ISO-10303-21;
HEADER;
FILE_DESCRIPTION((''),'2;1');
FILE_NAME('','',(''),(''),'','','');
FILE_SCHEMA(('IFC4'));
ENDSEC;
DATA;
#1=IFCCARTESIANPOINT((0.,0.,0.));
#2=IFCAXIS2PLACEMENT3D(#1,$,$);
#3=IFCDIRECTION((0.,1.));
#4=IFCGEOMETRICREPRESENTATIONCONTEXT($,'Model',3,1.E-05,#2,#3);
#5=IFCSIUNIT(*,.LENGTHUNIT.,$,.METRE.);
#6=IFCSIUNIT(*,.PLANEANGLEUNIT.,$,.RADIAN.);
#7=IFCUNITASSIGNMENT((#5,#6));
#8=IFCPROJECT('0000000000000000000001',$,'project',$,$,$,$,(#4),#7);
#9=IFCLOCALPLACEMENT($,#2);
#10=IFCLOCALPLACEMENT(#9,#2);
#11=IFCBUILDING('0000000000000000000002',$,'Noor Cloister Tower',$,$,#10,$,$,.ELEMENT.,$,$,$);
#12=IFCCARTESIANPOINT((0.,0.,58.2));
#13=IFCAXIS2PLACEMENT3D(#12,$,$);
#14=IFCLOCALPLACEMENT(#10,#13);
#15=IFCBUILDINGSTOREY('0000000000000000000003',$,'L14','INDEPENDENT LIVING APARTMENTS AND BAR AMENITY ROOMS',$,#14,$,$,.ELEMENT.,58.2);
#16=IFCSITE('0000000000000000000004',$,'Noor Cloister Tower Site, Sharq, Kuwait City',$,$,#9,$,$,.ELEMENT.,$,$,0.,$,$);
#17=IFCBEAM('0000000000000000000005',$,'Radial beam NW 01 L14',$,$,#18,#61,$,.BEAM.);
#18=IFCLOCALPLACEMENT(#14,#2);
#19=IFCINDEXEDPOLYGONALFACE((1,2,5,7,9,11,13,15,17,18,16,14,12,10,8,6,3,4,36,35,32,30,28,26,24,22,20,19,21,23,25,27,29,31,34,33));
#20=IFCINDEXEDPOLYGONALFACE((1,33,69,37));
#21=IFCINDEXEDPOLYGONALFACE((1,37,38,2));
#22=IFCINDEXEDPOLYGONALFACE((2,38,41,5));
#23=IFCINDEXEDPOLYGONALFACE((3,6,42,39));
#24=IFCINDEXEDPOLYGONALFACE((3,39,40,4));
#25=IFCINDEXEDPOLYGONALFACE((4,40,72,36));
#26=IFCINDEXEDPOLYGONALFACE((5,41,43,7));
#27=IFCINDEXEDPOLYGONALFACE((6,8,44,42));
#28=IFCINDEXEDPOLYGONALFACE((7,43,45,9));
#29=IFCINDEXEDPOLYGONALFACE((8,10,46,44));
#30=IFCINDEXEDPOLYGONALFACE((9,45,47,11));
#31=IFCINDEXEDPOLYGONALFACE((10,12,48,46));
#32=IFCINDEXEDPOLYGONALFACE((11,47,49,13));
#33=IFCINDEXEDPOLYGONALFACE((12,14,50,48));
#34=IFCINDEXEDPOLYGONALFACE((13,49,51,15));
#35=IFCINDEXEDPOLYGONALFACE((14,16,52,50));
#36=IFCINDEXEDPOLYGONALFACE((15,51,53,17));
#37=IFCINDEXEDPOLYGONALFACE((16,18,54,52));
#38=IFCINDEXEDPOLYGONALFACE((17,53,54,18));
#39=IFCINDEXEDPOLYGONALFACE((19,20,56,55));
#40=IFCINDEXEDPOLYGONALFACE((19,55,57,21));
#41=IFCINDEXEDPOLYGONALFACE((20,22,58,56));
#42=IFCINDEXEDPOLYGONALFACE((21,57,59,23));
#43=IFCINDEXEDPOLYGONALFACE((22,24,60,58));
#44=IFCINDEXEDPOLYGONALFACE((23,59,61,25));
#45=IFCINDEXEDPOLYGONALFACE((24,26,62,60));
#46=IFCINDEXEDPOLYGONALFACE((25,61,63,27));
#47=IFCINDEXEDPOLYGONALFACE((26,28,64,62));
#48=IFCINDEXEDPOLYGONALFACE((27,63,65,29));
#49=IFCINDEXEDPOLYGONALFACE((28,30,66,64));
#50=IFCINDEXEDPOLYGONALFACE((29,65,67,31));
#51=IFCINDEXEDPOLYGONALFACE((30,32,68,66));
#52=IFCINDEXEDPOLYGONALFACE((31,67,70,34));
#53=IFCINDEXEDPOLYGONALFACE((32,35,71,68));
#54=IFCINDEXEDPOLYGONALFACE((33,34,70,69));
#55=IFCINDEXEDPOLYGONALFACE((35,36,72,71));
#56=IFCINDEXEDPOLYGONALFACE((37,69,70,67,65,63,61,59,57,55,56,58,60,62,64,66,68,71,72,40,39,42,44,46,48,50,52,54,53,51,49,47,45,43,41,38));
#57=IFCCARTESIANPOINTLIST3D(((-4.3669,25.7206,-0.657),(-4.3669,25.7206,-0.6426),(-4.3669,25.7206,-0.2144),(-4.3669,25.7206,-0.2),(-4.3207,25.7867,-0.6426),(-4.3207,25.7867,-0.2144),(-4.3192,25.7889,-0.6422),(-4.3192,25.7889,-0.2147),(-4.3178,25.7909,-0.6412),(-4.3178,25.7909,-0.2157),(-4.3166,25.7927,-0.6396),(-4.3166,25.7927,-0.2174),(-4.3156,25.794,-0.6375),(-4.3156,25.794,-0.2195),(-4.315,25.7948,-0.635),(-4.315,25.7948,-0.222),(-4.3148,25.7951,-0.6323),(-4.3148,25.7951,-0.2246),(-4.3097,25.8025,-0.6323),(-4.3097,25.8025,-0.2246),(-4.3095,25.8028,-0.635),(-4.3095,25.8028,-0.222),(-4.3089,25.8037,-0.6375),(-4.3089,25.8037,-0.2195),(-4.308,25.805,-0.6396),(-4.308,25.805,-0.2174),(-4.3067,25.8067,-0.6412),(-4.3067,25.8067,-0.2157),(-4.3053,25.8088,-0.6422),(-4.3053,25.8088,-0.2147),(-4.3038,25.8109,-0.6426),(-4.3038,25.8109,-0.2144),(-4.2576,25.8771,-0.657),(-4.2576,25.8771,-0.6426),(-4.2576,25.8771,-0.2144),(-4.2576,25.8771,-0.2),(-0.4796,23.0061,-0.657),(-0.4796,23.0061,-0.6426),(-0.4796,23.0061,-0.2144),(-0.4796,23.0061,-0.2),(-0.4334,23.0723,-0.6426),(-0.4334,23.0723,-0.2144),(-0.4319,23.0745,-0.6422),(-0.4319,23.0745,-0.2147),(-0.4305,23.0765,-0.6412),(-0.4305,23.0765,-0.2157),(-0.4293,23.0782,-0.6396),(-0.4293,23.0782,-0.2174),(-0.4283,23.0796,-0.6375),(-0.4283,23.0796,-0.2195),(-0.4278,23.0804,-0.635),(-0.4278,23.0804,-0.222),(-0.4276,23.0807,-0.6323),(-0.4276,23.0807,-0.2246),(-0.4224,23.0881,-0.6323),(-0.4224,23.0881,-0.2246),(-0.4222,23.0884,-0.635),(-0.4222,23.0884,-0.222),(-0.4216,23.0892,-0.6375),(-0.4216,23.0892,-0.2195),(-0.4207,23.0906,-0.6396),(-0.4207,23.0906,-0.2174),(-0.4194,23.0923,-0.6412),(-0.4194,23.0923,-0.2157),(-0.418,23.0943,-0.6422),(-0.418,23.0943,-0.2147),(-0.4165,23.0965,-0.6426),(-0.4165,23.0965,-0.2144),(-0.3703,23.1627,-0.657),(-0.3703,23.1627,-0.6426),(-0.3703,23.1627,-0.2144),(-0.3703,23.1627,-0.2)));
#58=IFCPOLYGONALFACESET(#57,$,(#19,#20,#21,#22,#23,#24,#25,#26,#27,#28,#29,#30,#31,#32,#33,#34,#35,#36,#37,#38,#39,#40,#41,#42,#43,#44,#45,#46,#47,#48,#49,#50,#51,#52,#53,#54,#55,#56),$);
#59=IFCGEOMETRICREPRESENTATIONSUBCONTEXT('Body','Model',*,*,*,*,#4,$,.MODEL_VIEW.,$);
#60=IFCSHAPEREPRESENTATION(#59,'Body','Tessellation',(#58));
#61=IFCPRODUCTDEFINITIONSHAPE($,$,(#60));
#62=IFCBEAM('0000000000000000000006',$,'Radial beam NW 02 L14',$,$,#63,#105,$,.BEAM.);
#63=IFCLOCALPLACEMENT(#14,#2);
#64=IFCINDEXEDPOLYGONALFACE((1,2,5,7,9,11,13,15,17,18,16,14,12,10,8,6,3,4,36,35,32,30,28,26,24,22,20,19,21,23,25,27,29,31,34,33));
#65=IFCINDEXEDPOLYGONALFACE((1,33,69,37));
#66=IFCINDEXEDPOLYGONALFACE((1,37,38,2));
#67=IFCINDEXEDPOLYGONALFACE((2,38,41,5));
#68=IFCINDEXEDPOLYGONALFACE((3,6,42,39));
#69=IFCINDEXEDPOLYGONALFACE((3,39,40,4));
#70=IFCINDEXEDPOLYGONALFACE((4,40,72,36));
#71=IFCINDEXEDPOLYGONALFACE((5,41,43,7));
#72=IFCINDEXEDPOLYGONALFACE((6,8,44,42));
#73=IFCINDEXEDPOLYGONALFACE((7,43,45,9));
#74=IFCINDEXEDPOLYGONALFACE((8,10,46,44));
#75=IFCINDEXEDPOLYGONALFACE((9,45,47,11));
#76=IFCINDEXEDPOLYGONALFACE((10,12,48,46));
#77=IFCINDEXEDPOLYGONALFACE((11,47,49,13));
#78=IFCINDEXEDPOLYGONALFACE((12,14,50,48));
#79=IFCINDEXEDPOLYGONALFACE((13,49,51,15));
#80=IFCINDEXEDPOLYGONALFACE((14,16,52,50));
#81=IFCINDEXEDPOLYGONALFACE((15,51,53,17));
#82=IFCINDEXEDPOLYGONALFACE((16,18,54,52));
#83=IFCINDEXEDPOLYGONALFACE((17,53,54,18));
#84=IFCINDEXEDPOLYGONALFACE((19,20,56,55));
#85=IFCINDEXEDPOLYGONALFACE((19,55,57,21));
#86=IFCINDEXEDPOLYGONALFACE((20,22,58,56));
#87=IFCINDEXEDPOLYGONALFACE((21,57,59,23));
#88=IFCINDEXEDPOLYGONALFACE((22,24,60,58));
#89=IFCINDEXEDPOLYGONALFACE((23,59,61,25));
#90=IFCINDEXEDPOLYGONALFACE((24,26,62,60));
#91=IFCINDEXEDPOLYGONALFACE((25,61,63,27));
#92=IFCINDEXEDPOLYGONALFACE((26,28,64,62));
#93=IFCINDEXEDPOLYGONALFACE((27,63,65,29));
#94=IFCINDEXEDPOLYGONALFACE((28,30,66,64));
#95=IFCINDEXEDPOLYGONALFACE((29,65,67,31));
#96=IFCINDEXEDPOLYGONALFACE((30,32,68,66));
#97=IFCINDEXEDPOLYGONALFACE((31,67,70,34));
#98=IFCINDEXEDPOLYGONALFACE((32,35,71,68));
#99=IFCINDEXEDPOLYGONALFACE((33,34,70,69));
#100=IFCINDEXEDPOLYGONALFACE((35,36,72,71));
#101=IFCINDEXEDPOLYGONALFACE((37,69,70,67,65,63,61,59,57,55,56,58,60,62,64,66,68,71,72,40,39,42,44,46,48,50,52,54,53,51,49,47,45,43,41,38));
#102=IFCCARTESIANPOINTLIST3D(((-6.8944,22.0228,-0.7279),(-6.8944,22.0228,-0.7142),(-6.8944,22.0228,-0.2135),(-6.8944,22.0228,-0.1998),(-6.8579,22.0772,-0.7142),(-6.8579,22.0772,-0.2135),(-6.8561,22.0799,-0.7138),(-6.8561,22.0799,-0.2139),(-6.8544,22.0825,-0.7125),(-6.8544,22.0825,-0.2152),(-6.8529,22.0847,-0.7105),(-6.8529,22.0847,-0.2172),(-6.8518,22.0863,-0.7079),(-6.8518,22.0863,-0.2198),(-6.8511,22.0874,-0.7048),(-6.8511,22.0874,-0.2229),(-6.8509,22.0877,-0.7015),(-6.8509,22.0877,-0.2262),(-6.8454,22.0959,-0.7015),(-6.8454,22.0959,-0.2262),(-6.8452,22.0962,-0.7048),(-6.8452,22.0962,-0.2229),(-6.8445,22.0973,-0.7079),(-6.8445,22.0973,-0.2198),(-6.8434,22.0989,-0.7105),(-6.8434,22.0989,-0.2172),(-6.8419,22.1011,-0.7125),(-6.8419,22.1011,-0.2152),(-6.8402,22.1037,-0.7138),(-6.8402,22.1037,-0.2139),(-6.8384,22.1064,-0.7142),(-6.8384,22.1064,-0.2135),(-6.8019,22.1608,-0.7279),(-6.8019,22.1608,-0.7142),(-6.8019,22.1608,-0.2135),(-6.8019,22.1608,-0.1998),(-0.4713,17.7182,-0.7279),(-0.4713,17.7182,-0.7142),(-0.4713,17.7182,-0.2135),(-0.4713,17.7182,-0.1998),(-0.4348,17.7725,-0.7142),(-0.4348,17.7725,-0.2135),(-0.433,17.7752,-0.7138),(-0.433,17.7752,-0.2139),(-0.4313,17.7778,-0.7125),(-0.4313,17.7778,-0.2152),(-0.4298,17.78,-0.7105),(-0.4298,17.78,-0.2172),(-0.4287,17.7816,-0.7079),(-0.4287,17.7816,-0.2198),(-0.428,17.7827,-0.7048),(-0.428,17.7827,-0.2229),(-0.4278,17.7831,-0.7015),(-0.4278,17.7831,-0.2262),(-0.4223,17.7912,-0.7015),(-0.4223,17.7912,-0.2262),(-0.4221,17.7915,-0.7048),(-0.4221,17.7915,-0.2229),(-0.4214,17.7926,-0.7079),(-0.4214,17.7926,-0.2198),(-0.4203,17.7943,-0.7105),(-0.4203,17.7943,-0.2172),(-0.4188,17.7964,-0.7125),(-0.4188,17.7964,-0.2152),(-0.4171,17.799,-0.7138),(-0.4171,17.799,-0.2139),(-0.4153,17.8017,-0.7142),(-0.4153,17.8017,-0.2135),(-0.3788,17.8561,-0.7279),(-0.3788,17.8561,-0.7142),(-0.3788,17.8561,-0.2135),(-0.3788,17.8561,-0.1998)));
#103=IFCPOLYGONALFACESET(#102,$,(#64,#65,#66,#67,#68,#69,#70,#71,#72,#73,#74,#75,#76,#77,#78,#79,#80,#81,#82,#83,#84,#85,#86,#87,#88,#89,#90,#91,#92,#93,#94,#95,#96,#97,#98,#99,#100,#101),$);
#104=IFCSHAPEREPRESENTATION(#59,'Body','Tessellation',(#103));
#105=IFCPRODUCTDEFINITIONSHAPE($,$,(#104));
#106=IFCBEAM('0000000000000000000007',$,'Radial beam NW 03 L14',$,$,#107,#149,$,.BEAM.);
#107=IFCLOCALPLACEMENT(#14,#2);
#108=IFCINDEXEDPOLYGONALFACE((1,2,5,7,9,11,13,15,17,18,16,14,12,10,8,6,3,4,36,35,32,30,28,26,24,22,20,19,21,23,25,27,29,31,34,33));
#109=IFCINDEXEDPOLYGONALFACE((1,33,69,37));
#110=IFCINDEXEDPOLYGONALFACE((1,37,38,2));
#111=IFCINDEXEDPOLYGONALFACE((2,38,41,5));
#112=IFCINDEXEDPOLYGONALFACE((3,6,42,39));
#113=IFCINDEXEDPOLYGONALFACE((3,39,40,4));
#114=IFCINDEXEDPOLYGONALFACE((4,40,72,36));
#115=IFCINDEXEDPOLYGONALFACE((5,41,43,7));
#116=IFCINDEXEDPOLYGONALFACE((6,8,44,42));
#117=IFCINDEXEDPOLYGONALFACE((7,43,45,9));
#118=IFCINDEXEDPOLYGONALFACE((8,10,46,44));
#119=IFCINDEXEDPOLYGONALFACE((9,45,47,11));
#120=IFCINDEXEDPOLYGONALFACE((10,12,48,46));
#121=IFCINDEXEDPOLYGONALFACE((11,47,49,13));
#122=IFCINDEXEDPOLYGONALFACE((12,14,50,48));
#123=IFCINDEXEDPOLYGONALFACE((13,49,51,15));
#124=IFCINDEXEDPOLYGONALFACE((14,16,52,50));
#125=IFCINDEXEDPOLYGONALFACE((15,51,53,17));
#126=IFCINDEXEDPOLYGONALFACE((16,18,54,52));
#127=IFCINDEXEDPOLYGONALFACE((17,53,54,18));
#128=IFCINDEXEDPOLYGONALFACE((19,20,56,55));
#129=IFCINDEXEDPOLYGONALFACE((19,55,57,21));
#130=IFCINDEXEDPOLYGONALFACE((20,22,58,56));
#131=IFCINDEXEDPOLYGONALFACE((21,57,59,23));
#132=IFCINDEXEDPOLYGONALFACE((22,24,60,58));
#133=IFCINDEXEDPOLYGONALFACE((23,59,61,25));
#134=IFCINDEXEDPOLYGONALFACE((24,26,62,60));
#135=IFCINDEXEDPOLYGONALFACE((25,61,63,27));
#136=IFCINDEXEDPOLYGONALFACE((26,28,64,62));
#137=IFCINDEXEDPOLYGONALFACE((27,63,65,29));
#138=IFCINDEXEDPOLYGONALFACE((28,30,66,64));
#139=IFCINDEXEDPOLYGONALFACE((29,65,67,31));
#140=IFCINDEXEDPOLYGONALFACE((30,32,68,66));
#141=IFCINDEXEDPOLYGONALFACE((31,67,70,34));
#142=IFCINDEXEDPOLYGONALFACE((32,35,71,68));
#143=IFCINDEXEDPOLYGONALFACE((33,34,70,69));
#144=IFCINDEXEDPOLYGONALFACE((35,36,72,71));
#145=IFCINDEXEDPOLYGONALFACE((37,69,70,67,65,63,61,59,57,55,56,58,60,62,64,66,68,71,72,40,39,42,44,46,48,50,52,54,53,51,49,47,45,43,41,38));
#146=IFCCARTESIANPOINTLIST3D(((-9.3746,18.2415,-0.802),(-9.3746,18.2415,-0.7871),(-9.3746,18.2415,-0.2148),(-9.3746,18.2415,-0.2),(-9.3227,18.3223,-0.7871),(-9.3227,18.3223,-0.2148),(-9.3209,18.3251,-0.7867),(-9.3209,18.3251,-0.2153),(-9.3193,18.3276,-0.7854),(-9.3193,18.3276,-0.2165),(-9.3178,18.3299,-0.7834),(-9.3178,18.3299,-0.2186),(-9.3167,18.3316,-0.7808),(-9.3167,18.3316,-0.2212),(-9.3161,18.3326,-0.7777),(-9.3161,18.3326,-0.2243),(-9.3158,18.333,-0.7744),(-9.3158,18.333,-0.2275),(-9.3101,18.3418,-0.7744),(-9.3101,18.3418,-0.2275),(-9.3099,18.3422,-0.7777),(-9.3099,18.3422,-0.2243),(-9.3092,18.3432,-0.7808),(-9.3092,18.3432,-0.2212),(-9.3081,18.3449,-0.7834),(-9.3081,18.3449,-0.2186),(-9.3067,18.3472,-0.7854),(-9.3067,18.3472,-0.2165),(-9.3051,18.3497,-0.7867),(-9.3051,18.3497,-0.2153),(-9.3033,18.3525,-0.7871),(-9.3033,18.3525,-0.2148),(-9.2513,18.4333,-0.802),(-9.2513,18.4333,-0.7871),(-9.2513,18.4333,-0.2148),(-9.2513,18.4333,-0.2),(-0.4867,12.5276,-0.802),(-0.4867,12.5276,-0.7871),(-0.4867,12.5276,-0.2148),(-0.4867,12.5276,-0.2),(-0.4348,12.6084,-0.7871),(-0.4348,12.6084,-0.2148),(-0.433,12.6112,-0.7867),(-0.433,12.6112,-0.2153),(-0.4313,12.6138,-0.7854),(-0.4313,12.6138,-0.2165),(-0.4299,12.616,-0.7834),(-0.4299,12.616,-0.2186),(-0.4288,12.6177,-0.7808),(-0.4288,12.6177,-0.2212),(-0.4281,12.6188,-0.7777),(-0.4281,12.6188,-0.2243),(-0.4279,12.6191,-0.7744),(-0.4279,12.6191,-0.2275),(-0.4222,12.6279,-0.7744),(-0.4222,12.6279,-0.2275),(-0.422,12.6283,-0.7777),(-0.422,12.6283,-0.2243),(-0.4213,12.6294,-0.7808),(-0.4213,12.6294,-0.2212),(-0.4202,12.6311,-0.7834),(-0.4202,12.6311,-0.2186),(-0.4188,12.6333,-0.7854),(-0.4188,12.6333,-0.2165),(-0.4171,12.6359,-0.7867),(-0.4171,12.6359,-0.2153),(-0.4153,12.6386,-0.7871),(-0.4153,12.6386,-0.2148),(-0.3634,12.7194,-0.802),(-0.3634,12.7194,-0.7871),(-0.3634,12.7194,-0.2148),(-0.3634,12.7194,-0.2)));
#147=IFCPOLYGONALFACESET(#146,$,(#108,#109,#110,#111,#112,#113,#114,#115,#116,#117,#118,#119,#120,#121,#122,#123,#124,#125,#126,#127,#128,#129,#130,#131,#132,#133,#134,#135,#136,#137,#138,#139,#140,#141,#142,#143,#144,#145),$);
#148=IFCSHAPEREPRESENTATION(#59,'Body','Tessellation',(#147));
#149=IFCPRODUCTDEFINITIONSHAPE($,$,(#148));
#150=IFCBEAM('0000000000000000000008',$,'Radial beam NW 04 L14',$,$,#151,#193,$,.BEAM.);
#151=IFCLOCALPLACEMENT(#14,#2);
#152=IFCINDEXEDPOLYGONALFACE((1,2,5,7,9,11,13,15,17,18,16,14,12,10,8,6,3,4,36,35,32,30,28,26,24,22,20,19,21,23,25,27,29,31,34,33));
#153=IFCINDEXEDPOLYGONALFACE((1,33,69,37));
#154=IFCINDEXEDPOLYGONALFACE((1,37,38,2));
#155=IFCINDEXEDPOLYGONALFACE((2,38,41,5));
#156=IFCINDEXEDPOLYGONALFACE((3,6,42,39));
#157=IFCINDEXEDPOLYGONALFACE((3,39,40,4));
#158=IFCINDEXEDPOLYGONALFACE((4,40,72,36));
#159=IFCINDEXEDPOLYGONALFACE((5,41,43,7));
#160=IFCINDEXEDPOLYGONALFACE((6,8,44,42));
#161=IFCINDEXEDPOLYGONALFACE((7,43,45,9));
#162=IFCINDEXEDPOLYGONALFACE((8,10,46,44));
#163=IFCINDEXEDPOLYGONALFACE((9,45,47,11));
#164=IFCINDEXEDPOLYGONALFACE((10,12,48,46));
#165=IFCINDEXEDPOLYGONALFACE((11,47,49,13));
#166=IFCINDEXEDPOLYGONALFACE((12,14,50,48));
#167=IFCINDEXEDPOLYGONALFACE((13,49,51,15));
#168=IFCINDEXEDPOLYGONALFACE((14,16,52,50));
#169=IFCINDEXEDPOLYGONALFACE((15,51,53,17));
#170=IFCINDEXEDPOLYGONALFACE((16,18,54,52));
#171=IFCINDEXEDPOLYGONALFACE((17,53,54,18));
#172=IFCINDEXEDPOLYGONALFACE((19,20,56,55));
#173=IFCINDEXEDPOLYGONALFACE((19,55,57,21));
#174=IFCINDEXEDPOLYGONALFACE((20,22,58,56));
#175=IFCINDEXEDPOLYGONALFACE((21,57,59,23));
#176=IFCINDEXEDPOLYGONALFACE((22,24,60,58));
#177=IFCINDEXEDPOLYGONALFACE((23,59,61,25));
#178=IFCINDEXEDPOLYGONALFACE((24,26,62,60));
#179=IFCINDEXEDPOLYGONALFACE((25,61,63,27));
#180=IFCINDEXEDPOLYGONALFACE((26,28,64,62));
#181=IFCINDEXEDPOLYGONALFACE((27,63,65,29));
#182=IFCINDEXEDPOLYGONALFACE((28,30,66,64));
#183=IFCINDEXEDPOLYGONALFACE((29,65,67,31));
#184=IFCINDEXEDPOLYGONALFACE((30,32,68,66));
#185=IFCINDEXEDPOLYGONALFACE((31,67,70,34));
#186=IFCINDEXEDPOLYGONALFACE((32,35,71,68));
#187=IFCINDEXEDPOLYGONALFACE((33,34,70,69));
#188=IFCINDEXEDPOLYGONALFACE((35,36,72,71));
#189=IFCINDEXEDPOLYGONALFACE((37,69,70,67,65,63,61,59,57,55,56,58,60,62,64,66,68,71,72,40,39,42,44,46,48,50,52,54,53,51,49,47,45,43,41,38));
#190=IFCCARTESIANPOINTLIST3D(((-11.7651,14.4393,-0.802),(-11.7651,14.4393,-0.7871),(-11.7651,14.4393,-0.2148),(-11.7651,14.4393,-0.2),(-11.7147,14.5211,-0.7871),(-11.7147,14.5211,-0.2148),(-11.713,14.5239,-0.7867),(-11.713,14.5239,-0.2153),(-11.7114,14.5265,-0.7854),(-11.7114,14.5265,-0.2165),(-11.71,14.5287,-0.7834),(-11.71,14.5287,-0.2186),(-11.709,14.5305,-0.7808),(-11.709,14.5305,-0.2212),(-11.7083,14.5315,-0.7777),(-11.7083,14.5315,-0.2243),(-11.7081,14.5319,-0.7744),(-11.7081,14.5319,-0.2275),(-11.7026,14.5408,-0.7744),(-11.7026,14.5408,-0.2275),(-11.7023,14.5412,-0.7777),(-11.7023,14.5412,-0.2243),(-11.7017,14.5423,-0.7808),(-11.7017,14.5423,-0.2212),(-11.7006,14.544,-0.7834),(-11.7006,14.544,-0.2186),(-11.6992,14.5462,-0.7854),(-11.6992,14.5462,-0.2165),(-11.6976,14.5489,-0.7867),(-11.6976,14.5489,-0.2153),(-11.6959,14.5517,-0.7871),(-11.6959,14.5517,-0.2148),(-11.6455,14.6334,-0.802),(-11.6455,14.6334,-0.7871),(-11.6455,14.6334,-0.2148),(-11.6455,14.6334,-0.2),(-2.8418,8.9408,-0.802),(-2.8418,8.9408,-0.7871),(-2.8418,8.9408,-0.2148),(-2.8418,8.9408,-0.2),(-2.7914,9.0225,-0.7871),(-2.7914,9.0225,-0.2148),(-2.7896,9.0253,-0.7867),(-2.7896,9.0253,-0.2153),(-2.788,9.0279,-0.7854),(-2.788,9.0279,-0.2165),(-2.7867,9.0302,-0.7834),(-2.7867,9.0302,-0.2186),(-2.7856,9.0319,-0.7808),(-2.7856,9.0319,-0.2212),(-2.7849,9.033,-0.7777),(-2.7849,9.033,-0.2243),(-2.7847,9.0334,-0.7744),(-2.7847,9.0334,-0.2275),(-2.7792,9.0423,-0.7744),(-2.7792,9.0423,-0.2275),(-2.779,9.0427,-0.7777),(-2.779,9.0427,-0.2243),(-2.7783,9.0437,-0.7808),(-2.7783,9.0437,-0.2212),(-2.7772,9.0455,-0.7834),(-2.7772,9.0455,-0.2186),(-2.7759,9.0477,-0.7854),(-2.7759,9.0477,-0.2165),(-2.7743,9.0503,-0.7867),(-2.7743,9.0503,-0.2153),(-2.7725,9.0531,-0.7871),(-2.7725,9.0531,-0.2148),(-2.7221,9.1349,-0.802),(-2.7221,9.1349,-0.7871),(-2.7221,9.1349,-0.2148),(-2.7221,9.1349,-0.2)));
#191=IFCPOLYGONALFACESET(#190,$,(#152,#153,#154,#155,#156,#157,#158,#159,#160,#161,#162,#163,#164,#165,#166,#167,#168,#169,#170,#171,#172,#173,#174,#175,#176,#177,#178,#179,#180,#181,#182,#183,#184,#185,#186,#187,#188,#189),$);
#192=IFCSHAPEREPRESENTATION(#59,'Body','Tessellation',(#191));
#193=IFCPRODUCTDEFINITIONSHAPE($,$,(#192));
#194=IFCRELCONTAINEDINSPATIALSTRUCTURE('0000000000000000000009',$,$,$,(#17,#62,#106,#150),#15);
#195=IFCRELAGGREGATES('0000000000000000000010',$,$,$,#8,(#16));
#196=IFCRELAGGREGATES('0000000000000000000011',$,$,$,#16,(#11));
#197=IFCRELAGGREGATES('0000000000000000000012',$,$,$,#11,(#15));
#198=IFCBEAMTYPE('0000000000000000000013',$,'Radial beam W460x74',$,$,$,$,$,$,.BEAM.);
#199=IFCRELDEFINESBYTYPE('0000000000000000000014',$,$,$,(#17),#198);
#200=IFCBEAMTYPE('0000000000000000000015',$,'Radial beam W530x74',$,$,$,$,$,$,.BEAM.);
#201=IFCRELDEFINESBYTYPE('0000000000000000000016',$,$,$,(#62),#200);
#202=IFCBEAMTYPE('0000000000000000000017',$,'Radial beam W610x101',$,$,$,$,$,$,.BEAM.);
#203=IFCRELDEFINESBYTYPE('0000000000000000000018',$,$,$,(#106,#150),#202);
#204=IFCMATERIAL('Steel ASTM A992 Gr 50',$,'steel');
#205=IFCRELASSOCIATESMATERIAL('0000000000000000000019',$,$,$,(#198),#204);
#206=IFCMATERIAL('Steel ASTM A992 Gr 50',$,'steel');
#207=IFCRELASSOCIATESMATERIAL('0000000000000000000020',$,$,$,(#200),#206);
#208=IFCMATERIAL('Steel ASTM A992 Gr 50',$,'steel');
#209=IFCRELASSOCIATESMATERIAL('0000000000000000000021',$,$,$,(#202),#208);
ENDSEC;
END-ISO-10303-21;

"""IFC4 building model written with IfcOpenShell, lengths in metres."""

from ifc_helpers import new_model, si_unit, direction, frame, origin, origin_2d, place, context, subcontext, project, spatial, i_section, extrude, material, material_profile, profile_set, type_object, element, save


model = new_model("IFC4")

# Units and contexts
model_context = context("Model", 3, precision=1e-05, world=origin(), true_north=direction((0.0, 1.0)))
body_context = subcontext(model_context, "Body", "Model", "MODEL_VIEW")
ifc_project = project(units=[si_unit("LENGTHUNIT", "METRE"), si_unit("PLANEANGLEUNIT", "RADIAN")], contexts=[model_context])

# Site, building, storey
site_placement = place(None, origin())
site = spatial("IfcSite", under=ifc_project, at=site_placement, Name="Noor Cloister Tower Site, Sharq, Kuwait City", CompositionType="ELEMENT", RefElevation=0.0)
building_placement = place(site_placement, origin())
building = spatial("IfcBuilding", under=site, at=building_placement, Name="Noor Cloister Tower", CompositionType="ELEMENT")
storey_placement = place(building_placement, frame((0.0, 0.0, 58.2)))
storey = spatial("IfcBuildingStorey", under=building, at=storey_placement, Name="L14", Description="INDEPENDENT LIVING APARTMENTS AND BAR AMENITY ROOMS", CompositionType="ELEMENT", Elevation=58.2)

# Beams
ifc_material_1 = material(Name="Steel ASTM A992 Gr 50", Category="steel")
ifc_material_profile_1 = material_profile(ifc_material_1, i_section(OverallWidth=0.1909, OverallDepth=0.457, WebThickness=0.009, FlangeThickness=0.0144, FilletRadius=0.0103, at=origin_2d()), Name="W460x74")
ifc_profile_set_1 = profile_set([ifc_material_profile_1], Name="Steel ASTM A992 Gr 50")
beam_type_1 = type_object("IfcBeamType", Name="Radial beam W460x74", PredefinedType="BEAM", material=ifc_profile_set_1)
beam_1_placement = place(storey_placement, frame((-4.3123, 25.7988, -0.4285), z_axis=(0.819894, -0.572515, 0.0), x_axis=(0.572515, 0.819894, 0.0)))
element("IfcBeam", 1, at=beam_1_placement, inside=storey, type_object=beam_type_1, Name="Radial beam NW 01 L14", PredefinedType="BEAM", context=body_context, shape_type="SweptSolid", body=[
    extrude(i_section(OverallWidth=0.1909, OverallDepth=0.457, WebThickness=0.009, FlangeThickness=0.0144, FilletRadius=0.0103, at=origin_2d()), origin(), (0.0, 0.0, 1.0), 4.7412),
])
ifc_material_2 = material(Name="Steel ASTM A992 Gr 50", Category="steel")
ifc_material_profile_2 = material_profile(ifc_material_2, i_section(OverallWidth=0.166, OverallDepth=0.5281, WebThickness=0.0098, FlangeThickness=0.0137, FilletRadius=0.0127, at=origin_2d()), Name="W530x74")
ifc_profile_set_2 = profile_set([ifc_material_profile_2], Name="Steel ASTM A992 Gr 50")
beam_type_2 = type_object("IfcBeamType", Name="Radial beam W530x74", PredefinedType="BEAM", material=ifc_profile_set_2)
beam_2_placement = place(storey_placement, frame((-6.8481, 22.0918, -0.4639), z_axis=(0.830697, -0.556724, 0.0), x_axis=(0.556724, 0.830697, 0.0)))
element("IfcBeam", 2, at=beam_2_placement, inside=storey, type_object=beam_type_2, Name="Radial beam NW 02 L14", PredefinedType="BEAM", context=body_context, shape_type="SweptSolid", body=[
    extrude(i_section(OverallWidth=0.166, OverallDepth=0.5281, WebThickness=0.0098, FlangeThickness=0.0137, FilletRadius=0.0127, at=origin_2d()), origin(), (0.0, 0.0, 1.0), 7.7322),
])
ifc_material_3 = material(Name="Steel ASTM A992 Gr 50", Category="steel")
ifc_material_profile_3 = material_profile(ifc_material_3, i_section(OverallWidth=0.228, OverallDepth=0.6021, WebThickness=0.0105, FlangeThickness=0.0149, FilletRadius=0.0127, at=origin_2d()), Name="W610x101")
ifc_profile_set_3 = profile_set([ifc_material_profile_3], Name="Steel ASTM A992 Gr 50")
beam_type_3 = type_object("IfcBeamType", Name="Radial beam W610x101", PredefinedType="BEAM", material=ifc_profile_set_3)
beam_3_placement = place(storey_placement, frame((-9.313, 18.3374, -0.501), z_axis=(0.84117, -0.54077, 0.0), x_axis=(0.54077, 0.84117, 0.0)))
element("IfcBeam", 3, at=beam_3_placement, inside=storey, type_object=beam_type_3, Name="Radial beam NW 03 L14", PredefinedType="BEAM", context=body_context, shape_type="SweptSolid", body=[
    extrude(i_section(OverallWidth=0.228, OverallDepth=0.6021, WebThickness=0.0105, FlangeThickness=0.0149, FilletRadius=0.0127, at=origin_2d()), origin(), (0.0, 0.0, 1.0), 10.5662),
])
beam_4_placement = place(storey_placement, frame((-11.7053, 14.5364, -0.501), z_axis=(0.851349, -0.524599, 0.0), x_axis=(0.524599, 0.851349, 0.0)))
element("IfcBeam", 4, at=beam_4_placement, inside=storey, type_object=beam_type_3, Name="Radial beam NW 04 L14", PredefinedType="BEAM", context=body_context, shape_type="SweptSolid", body=[
    extrude(i_section(OverallWidth=0.228, OverallDepth=0.6021, WebThickness=0.0105, FlangeThickness=0.0149, FilletRadius=0.0127, at=origin_2d()), origin(), (0.0, 0.0, 1.0), 10.4814),
])

save(model, "model.ifc")
